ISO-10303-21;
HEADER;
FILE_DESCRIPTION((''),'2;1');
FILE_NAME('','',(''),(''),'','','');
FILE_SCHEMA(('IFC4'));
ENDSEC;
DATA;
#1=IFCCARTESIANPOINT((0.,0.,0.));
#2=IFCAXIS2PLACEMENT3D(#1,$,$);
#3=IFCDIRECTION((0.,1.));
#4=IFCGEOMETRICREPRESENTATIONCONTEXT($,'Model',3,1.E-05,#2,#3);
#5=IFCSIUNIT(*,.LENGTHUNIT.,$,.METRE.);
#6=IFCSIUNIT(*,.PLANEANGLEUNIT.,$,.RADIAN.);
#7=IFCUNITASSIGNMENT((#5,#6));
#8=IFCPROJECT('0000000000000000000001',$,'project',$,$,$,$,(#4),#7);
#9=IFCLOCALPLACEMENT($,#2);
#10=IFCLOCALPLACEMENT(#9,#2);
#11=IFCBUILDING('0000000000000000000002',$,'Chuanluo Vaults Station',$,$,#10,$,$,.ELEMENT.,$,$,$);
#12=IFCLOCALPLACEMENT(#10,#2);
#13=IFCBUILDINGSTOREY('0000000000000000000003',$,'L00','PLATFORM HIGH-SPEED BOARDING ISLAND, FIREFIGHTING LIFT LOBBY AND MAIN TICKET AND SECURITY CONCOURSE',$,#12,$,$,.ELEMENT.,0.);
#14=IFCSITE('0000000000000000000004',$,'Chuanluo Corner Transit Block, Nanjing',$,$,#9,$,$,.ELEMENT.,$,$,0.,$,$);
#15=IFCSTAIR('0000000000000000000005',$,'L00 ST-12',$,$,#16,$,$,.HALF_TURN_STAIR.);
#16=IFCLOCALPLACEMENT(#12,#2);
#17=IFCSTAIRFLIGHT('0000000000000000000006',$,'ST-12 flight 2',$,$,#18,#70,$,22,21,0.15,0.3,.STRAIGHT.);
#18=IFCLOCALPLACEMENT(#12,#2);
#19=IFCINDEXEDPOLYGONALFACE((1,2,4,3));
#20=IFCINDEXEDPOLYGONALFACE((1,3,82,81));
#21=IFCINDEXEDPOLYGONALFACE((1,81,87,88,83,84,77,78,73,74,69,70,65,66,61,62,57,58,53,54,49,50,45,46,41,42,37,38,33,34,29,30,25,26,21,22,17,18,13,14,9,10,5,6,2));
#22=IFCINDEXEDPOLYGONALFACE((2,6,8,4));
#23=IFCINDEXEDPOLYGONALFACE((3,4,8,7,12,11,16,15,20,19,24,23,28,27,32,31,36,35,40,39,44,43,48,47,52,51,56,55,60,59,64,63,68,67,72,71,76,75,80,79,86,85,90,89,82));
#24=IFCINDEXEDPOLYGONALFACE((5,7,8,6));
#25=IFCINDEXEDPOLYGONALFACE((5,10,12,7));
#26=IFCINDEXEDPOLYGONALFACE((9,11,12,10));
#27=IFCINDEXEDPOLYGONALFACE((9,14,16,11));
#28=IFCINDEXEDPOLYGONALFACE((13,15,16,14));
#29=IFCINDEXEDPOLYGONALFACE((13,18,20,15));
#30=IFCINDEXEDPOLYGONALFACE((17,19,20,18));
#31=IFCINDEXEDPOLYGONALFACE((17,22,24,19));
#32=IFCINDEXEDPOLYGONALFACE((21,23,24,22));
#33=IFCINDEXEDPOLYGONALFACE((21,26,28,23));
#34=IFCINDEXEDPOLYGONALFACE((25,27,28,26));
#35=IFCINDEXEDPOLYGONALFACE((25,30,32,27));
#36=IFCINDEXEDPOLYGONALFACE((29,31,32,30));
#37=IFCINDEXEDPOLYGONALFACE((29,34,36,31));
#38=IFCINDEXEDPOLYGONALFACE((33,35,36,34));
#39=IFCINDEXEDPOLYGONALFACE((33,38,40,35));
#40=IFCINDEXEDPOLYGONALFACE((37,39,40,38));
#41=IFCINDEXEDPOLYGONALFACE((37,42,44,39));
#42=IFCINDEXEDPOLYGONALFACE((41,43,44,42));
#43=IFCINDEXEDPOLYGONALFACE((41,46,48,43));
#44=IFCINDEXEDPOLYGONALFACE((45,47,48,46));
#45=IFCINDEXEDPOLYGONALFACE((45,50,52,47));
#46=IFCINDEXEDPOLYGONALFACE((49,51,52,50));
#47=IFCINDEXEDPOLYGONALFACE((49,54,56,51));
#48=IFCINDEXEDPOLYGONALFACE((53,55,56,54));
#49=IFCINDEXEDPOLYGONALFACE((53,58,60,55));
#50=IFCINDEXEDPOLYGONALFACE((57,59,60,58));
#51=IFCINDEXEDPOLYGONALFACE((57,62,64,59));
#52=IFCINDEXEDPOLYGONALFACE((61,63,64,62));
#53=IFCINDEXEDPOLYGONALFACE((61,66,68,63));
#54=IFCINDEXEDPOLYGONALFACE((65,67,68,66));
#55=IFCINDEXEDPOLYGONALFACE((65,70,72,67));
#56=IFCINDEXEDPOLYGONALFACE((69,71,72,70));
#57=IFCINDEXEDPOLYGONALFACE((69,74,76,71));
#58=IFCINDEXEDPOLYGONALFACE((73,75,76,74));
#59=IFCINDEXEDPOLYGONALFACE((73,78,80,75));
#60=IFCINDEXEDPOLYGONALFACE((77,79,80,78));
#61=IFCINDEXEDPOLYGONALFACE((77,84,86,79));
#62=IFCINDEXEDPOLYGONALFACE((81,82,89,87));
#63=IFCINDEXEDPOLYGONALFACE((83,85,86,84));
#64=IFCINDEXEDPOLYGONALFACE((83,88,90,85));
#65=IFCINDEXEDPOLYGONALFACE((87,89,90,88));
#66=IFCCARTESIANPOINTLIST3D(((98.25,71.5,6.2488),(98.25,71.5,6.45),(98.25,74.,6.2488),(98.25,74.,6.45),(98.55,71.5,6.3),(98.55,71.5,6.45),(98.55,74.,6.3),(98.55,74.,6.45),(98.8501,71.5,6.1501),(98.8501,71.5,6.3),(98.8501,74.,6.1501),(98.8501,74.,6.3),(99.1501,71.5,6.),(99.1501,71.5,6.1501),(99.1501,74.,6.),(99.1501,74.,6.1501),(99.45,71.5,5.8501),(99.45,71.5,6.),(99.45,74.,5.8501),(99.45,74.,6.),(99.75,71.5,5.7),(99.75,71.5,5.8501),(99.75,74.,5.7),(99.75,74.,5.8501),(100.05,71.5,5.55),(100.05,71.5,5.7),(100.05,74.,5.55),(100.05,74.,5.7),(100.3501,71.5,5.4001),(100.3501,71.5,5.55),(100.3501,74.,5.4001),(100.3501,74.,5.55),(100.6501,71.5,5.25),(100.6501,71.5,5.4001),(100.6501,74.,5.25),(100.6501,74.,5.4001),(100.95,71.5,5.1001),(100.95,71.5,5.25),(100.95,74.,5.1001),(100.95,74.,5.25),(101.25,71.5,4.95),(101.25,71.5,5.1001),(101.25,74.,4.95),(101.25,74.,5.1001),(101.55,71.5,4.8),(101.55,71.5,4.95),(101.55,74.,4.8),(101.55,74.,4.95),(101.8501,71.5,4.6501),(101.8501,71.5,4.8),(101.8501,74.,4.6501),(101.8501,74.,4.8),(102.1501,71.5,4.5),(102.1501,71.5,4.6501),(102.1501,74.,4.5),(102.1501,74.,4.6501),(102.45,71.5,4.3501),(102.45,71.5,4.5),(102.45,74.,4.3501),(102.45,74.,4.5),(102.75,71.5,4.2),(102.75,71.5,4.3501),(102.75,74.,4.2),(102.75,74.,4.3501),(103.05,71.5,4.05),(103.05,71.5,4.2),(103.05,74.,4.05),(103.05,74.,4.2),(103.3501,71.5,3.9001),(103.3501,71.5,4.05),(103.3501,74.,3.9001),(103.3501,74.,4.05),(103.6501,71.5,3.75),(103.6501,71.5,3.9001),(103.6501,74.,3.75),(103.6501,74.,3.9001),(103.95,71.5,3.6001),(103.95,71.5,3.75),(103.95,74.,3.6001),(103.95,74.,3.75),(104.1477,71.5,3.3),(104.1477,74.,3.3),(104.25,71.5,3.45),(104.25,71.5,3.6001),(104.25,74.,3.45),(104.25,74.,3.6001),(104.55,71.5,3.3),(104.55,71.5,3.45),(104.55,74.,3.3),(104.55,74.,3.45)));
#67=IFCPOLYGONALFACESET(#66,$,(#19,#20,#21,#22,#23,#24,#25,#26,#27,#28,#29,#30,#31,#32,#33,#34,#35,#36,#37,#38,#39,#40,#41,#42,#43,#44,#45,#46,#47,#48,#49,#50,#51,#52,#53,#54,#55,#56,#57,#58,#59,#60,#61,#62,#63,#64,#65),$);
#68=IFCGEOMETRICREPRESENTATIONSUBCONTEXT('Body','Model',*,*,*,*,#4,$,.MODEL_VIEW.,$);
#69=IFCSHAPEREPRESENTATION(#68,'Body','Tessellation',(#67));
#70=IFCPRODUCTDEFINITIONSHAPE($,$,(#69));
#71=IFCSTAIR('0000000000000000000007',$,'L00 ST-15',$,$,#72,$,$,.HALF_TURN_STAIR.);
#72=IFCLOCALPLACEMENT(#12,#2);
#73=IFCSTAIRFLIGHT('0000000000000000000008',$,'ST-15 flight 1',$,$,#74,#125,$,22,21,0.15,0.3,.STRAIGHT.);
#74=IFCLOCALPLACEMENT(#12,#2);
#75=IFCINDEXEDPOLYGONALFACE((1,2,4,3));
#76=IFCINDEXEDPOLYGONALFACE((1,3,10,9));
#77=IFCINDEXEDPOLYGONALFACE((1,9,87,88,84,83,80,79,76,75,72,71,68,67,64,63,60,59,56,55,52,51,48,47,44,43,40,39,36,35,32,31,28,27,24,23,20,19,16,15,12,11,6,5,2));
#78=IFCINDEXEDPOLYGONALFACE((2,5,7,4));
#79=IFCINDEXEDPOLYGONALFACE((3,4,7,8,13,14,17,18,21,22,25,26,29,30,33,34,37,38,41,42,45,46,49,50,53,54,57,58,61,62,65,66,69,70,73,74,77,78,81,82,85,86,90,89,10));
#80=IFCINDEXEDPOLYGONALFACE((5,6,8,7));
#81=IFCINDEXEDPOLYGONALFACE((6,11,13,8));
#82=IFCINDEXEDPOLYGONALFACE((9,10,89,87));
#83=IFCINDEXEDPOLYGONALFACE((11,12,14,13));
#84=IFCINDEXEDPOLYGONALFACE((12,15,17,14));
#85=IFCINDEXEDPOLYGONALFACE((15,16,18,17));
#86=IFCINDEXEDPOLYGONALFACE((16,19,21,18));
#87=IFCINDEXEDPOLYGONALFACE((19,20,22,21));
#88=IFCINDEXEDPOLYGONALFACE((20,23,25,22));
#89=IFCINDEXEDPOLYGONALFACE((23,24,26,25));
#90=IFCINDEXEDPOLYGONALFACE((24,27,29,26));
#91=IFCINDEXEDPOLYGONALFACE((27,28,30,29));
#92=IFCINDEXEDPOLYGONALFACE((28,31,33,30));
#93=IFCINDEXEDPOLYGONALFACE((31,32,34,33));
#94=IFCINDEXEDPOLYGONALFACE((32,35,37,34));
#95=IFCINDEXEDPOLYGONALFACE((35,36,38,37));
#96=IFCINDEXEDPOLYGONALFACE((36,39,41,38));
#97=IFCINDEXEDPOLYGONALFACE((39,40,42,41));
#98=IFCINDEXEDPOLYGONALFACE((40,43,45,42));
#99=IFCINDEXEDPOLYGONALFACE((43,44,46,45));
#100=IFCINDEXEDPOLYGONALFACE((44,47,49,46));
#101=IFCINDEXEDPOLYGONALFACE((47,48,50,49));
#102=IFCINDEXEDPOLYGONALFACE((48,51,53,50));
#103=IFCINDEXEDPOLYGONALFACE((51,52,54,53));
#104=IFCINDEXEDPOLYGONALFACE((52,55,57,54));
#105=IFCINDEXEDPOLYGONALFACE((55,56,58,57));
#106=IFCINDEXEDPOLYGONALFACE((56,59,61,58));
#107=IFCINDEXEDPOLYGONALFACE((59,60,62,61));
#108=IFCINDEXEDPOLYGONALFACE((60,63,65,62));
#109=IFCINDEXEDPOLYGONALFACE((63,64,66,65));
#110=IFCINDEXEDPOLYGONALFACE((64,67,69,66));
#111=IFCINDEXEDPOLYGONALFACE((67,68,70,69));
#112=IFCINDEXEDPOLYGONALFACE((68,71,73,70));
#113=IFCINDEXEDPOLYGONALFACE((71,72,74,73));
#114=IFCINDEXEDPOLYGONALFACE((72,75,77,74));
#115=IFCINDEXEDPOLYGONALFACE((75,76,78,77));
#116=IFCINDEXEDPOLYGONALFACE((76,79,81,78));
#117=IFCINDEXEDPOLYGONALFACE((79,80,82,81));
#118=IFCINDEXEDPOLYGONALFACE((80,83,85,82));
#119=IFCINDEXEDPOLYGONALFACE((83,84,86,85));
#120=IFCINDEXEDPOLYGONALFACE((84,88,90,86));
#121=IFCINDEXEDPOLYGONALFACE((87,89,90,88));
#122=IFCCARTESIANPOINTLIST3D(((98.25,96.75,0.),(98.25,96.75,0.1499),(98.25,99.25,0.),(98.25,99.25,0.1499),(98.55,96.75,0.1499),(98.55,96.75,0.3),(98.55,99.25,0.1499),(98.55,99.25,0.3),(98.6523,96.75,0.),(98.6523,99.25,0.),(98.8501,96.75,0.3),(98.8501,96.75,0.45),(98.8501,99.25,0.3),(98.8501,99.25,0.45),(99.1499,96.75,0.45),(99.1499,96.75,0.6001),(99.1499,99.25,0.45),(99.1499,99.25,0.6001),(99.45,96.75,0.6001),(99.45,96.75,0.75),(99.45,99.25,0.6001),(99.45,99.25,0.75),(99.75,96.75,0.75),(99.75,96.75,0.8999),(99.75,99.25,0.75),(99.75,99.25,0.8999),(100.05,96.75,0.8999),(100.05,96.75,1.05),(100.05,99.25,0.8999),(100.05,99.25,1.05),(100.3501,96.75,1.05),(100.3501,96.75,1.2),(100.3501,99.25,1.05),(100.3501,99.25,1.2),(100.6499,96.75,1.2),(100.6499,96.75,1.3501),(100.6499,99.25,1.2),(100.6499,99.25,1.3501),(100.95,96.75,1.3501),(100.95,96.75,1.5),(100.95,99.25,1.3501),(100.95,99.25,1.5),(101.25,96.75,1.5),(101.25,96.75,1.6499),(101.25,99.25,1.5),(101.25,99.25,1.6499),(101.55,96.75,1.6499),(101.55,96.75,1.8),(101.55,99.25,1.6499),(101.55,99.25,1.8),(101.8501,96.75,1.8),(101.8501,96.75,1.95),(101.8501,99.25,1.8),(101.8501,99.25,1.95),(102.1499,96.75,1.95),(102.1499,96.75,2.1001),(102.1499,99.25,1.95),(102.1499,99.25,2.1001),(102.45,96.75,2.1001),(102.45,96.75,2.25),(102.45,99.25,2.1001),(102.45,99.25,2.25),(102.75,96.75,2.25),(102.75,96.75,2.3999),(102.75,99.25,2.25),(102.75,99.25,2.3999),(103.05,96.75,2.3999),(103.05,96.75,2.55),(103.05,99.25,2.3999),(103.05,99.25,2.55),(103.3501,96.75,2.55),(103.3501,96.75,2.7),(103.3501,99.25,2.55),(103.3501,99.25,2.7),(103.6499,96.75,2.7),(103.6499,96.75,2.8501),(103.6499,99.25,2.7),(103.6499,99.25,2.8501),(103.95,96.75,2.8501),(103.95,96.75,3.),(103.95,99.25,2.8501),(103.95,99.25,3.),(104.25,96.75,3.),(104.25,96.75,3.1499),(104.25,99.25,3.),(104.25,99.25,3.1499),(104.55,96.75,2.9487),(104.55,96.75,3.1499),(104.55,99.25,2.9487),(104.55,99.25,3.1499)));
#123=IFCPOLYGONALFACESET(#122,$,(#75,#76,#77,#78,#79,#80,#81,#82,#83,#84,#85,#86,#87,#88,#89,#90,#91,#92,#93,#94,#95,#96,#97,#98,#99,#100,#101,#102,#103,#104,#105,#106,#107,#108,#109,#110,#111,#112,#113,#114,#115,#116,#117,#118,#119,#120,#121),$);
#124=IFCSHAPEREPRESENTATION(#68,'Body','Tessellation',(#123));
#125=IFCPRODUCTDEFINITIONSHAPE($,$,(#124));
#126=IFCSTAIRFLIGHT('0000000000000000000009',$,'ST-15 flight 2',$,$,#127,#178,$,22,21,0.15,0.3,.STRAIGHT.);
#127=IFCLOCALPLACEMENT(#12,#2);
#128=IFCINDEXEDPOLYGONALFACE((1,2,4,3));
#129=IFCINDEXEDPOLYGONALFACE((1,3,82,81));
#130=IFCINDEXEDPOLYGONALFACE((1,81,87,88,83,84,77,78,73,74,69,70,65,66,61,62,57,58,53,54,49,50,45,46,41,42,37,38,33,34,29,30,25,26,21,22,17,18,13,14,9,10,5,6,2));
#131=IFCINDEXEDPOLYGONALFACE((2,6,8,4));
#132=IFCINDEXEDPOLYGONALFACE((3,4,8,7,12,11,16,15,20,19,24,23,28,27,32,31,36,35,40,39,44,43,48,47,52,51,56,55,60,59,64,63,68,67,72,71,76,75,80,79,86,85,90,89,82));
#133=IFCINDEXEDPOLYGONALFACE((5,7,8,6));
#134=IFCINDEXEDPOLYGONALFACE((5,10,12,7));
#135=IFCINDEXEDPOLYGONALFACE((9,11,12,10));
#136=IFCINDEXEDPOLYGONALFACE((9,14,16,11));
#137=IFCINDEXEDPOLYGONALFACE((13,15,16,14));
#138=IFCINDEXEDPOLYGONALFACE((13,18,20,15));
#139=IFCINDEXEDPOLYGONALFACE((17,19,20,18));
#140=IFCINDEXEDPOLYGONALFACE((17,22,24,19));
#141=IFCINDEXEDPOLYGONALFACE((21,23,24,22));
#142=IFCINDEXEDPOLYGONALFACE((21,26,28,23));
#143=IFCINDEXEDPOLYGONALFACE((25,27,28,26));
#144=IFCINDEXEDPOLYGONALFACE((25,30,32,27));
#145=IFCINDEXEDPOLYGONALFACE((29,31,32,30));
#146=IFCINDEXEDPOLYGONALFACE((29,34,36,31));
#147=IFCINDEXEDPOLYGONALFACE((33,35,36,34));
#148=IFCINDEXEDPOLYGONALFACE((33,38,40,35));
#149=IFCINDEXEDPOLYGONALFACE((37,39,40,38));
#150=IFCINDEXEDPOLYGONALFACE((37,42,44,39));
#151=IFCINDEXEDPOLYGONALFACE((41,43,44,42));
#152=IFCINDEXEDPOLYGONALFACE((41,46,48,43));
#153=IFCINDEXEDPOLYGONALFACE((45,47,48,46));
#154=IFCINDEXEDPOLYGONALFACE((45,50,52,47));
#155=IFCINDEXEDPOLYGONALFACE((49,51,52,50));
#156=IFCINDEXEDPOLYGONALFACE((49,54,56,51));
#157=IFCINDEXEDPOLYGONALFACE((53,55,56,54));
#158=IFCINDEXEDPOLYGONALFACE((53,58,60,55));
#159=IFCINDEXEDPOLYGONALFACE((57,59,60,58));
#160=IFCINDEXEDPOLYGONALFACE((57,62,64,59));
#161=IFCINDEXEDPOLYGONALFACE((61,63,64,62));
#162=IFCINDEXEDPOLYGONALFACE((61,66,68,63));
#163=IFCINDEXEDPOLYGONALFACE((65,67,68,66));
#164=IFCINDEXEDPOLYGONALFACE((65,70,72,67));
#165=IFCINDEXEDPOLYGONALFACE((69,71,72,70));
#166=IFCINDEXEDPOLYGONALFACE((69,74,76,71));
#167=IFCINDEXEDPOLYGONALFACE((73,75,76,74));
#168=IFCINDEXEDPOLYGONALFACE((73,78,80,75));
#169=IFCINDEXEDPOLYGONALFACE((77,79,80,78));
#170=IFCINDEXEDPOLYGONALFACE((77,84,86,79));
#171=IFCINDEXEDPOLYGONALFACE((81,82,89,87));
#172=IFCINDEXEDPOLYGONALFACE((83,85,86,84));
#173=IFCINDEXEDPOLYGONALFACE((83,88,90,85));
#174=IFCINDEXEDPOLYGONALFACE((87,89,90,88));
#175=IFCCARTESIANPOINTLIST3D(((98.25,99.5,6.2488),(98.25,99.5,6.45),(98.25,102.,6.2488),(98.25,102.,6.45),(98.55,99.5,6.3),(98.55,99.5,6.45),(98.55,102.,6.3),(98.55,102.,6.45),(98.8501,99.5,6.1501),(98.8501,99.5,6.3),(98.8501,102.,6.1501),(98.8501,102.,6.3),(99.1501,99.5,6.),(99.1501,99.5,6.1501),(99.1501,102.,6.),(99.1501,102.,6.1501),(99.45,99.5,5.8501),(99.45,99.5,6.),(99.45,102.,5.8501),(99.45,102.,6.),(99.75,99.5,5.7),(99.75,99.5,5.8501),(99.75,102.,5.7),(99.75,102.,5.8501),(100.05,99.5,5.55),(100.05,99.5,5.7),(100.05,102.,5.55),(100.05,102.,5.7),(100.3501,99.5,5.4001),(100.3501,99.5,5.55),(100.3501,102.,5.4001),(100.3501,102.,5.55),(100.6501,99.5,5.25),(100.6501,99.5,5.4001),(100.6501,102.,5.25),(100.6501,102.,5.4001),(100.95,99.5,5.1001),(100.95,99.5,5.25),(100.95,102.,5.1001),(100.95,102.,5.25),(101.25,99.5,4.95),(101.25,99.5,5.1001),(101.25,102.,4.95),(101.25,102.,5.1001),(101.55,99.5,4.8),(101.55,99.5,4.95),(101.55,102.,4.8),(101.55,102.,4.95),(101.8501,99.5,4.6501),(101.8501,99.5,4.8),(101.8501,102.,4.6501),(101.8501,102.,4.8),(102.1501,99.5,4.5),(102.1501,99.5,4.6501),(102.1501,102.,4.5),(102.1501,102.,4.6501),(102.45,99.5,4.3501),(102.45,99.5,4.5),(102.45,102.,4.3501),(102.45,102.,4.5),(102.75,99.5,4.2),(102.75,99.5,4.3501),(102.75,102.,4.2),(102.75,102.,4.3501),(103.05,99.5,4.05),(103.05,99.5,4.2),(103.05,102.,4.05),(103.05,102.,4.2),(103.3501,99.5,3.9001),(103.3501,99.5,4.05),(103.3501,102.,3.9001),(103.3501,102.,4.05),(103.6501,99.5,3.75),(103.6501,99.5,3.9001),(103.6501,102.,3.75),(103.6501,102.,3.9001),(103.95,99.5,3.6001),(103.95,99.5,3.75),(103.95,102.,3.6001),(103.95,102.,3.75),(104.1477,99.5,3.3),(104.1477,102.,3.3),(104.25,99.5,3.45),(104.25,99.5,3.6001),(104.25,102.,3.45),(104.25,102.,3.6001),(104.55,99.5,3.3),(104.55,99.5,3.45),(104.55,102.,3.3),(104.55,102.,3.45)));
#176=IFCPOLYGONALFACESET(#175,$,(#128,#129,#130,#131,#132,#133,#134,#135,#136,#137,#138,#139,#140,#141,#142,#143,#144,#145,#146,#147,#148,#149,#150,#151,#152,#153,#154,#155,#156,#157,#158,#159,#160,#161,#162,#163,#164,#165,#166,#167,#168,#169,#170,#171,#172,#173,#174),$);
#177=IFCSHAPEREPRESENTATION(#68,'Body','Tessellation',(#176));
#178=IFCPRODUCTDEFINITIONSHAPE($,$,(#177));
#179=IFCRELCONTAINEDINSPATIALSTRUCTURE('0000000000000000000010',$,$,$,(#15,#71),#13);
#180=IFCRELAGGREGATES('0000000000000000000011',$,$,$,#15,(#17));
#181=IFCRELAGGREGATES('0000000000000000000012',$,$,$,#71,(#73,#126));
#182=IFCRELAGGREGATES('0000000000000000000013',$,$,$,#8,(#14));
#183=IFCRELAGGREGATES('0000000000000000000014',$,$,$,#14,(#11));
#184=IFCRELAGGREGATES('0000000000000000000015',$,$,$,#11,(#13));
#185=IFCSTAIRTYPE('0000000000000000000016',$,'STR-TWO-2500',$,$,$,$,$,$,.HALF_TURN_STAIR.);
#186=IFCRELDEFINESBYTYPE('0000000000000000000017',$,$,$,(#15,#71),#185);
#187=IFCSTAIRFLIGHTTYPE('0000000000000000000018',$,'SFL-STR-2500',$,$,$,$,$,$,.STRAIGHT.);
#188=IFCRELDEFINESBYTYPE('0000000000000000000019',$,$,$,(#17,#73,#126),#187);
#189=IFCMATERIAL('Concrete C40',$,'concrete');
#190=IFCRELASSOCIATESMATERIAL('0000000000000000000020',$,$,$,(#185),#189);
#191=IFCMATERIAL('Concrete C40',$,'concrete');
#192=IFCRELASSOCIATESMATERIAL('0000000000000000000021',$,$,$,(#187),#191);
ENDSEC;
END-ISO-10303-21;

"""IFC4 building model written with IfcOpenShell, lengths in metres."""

from ifc_helpers import new_model, si_unit, direction, frame, origin, place, context, subcontext, project, spatial, polyline, outline, extrude, material, type_object, element, aggregate, save


model = new_model("IFC4")

# Units and contexts
model_context = context("Model", 3, precision=1e-05, world=origin(), true_north=direction((0.0, 1.0)))
body_context = subcontext(model_context, "Body", "Model", "MODEL_VIEW")
ifc_project = project(units=[si_unit("LENGTHUNIT", "METRE"), si_unit("PLANEANGLEUNIT", "RADIAN")], contexts=[model_context])

# Site, building, storey
site_placement = place(None, origin())
site = spatial("IfcSite", under=ifc_project, at=site_placement, Name="Chuanluo Corner Transit Block, Nanjing", CompositionType="ELEMENT", RefElevation=0.0)
building_placement = place(site_placement, origin())
building = spatial("IfcBuilding", under=site, at=building_placement, Name="Chuanluo Vaults Station", CompositionType="ELEMENT")
storey_placement = place(building_placement, origin())
storey = spatial("IfcBuildingStorey", under=building, at=storey_placement, Name="L00", Description="PLATFORM HIGH-SPEED BOARDING ISLAND, FIREFIGHTING LIFT LOBBY AND MAIN TICKET AND SECURITY CONCOURSE", CompositionType="ELEMENT", Elevation=0.0)

# Stairs, stair flights
ifc_material_1 = material(Name="Concrete C40", Category="concrete")
stair_type = type_object("IfcStairType", Name="STR-TWO-2500", PredefinedType="HALF_TURN_STAIR", material=ifc_material_1)
stair_1_placement = place(storey_placement, origin())
stair_1 = element("IfcStair", 1, at=stair_1_placement, inside=storey, type_object=stair_type, Name="L00 ST-12", PredefinedType="HALF_TURN_STAIR")
ifc_material_2 = material(Name="Concrete C40", Category="concrete")
stair_flight_type = type_object("IfcStairFlightType", Name="SFL-STR-2500", PredefinedType="STRAIGHT", material=ifc_material_2)
stair_flight_1_placement = place(storey_placement, frame((104.55, 72.75, 3.3), z_axis=(0.0, 0.0, 1.0), x_axis=(-1.0, 0.0, 0.0)))
stair_flight_1 = element("IfcStairFlight", 2, at=stair_flight_1_placement, type_object=stair_flight_type, Name="ST-12 flight 2", NumberOfRisers=22, NumberOfTreads=21, PredefinedType="STRAIGHT", RiserHeight=0.15, TreadLength=0.3, context=body_context, shape_type="SweptSolid", body=[
    extrude(outline(polyline([(0.0, 0.0), (0.0, 0.1499), (0.3, 0.1499), (0.3, 0.3), (0.6001, 0.3), (0.6001, 0.45), (0.8999, 0.45), (0.8999, 0.6001), (1.2, 0.6001), (1.2, 0.75), (1.5, 0.75), (1.5, 0.8999), (1.8, 0.8999), (1.8, 1.05), (2.1001, 1.05), (2.1001, 1.2), (2.3999, 1.2), (2.3999, 1.3501), (2.7, 1.3501), (2.7, 1.5), (3.0, 1.5), (3.0, 1.6499), (3.3, 1.6499), (3.3, 1.8), (3.6001, 1.8), (3.6001, 1.95), (3.8999, 1.95), (3.8999, 2.1001), (4.2, 2.1001), (4.2, 2.25), (4.5, 2.25), (4.5, 2.3999), (4.8, 2.3999), (4.8, 2.55), (5.1001, 2.55), (5.1001, 2.7), (5.3999, 2.7), (5.3999, 2.8501), (5.7, 2.8501), (5.7, 3.0), (6.0, 3.0), (6.0, 3.1499), (6.3, 3.1499), (6.3, 3.3), (6.3, 2.9487), (0.4023, 0.0), (0.0, 0.0)])), frame((0.0, 1.25, 0.0), z_axis=(0.0, -1.0, 0.0), x_axis=(1.0, 0.0, 0.0)), (0.0, 0.0, 1.0), 2.5),
])
aggregate(stair_1, [stair_flight_1])
stair_2_placement = place(storey_placement, origin())
stair_2 = element("IfcStair", 3, at=stair_2_placement, inside=storey, type_object=stair_type, Name="L00 ST-15", PredefinedType="HALF_TURN_STAIR")
stair_flight_2_placement = place(storey_placement, frame((98.25, 98.0, 0.0), z_axis=(0.0, 0.0, 1.0), x_axis=(1.0, 0.0, 0.0)))
stair_flight_2 = element("IfcStairFlight", 4, at=stair_flight_2_placement, type_object=stair_flight_type, Name="ST-15 flight 1", NumberOfRisers=22, NumberOfTreads=21, PredefinedType="STRAIGHT", RiserHeight=0.15, TreadLength=0.3, context=body_context, shape_type="SweptSolid", body=[
    extrude(outline(polyline([(0.0, 0.0), (0.0, 0.1499), (0.3, 0.1499), (0.3, 0.3), (0.6001, 0.3), (0.6001, 0.45), (0.8999, 0.45), (0.8999, 0.6001), (1.2, 0.6001), (1.2, 0.75), (1.5, 0.75), (1.5, 0.8999), (1.8, 0.8999), (1.8, 1.05), (2.1001, 1.05), (2.1001, 1.2), (2.3999, 1.2), (2.3999, 1.3501), (2.7, 1.3501), (2.7, 1.5), (3.0, 1.5), (3.0, 1.6499), (3.3, 1.6499), (3.3, 1.8), (3.6001, 1.8), (3.6001, 1.95), (3.8999, 1.95), (3.8999, 2.1001), (4.2, 2.1001), (4.2, 2.25), (4.5, 2.25), (4.5, 2.3999), (4.8, 2.3999), (4.8, 2.55), (5.1001, 2.55), (5.1001, 2.7), (5.3999, 2.7), (5.3999, 2.8501), (5.7, 2.8501), (5.7, 3.0), (6.0, 3.0), (6.0, 3.1499), (6.3, 3.1499), (6.3, 3.3), (6.3, 2.9487), (0.4023, 0.0), (0.0, 0.0)])), frame((0.0, 1.25, 0.0), z_axis=(0.0, -1.0, 0.0), x_axis=(1.0, 0.0, 0.0)), (0.0, 0.0, 1.0), 2.5),
])
stair_flight_3_placement = place(storey_placement, frame((104.55, 100.75, 3.3), z_axis=(0.0, 0.0, 1.0), x_axis=(-1.0, 0.0, 0.0)))
stair_flight_3 = element("IfcStairFlight", 5, at=stair_flight_3_placement, type_object=stair_flight_type, Name="ST-15 flight 2", NumberOfRisers=22, NumberOfTreads=21, PredefinedType="STRAIGHT", RiserHeight=0.15, TreadLength=0.3, context=body_context, shape_type="SweptSolid", body=[
    extrude(outline(polyline([(0.0, 0.0), (0.0, 0.1499), (0.3, 0.1499), (0.3, 0.3), (0.6001, 0.3), (0.6001, 0.45), (0.8999, 0.45), (0.8999, 0.6001), (1.2, 0.6001), (1.2, 0.75), (1.5, 0.75), (1.5, 0.8999), (1.8, 0.8999), (1.8, 1.05), (2.1001, 1.05), (2.1001, 1.2), (2.3999, 1.2), (2.3999, 1.3501), (2.7, 1.3501), (2.7, 1.5), (3.0, 1.5), (3.0, 1.6499), (3.3, 1.6499), (3.3, 1.8), (3.6001, 1.8), (3.6001, 1.95), (3.8999, 1.95), (3.8999, 2.1001), (4.2, 2.1001), (4.2, 2.25), (4.5, 2.25), (4.5, 2.3999), (4.8, 2.3999), (4.8, 2.55), (5.1001, 2.55), (5.1001, 2.7), (5.3999, 2.7), (5.3999, 2.8501), (5.7, 2.8501), (5.7, 3.0), (6.0, 3.0), (6.0, 3.1499), (6.3, 3.1499), (6.3, 3.3), (6.3, 2.9487), (0.4023, 0.0), (0.0, 0.0)])), frame((0.0, 1.25, 0.0), z_axis=(0.0, -1.0, 0.0), x_axis=(1.0, 0.0, 0.0)), (0.0, 0.0, 1.0), 2.5),
])
aggregate(stair_2, [stair_flight_2, stair_flight_3])

save(model, "model.ifc")
